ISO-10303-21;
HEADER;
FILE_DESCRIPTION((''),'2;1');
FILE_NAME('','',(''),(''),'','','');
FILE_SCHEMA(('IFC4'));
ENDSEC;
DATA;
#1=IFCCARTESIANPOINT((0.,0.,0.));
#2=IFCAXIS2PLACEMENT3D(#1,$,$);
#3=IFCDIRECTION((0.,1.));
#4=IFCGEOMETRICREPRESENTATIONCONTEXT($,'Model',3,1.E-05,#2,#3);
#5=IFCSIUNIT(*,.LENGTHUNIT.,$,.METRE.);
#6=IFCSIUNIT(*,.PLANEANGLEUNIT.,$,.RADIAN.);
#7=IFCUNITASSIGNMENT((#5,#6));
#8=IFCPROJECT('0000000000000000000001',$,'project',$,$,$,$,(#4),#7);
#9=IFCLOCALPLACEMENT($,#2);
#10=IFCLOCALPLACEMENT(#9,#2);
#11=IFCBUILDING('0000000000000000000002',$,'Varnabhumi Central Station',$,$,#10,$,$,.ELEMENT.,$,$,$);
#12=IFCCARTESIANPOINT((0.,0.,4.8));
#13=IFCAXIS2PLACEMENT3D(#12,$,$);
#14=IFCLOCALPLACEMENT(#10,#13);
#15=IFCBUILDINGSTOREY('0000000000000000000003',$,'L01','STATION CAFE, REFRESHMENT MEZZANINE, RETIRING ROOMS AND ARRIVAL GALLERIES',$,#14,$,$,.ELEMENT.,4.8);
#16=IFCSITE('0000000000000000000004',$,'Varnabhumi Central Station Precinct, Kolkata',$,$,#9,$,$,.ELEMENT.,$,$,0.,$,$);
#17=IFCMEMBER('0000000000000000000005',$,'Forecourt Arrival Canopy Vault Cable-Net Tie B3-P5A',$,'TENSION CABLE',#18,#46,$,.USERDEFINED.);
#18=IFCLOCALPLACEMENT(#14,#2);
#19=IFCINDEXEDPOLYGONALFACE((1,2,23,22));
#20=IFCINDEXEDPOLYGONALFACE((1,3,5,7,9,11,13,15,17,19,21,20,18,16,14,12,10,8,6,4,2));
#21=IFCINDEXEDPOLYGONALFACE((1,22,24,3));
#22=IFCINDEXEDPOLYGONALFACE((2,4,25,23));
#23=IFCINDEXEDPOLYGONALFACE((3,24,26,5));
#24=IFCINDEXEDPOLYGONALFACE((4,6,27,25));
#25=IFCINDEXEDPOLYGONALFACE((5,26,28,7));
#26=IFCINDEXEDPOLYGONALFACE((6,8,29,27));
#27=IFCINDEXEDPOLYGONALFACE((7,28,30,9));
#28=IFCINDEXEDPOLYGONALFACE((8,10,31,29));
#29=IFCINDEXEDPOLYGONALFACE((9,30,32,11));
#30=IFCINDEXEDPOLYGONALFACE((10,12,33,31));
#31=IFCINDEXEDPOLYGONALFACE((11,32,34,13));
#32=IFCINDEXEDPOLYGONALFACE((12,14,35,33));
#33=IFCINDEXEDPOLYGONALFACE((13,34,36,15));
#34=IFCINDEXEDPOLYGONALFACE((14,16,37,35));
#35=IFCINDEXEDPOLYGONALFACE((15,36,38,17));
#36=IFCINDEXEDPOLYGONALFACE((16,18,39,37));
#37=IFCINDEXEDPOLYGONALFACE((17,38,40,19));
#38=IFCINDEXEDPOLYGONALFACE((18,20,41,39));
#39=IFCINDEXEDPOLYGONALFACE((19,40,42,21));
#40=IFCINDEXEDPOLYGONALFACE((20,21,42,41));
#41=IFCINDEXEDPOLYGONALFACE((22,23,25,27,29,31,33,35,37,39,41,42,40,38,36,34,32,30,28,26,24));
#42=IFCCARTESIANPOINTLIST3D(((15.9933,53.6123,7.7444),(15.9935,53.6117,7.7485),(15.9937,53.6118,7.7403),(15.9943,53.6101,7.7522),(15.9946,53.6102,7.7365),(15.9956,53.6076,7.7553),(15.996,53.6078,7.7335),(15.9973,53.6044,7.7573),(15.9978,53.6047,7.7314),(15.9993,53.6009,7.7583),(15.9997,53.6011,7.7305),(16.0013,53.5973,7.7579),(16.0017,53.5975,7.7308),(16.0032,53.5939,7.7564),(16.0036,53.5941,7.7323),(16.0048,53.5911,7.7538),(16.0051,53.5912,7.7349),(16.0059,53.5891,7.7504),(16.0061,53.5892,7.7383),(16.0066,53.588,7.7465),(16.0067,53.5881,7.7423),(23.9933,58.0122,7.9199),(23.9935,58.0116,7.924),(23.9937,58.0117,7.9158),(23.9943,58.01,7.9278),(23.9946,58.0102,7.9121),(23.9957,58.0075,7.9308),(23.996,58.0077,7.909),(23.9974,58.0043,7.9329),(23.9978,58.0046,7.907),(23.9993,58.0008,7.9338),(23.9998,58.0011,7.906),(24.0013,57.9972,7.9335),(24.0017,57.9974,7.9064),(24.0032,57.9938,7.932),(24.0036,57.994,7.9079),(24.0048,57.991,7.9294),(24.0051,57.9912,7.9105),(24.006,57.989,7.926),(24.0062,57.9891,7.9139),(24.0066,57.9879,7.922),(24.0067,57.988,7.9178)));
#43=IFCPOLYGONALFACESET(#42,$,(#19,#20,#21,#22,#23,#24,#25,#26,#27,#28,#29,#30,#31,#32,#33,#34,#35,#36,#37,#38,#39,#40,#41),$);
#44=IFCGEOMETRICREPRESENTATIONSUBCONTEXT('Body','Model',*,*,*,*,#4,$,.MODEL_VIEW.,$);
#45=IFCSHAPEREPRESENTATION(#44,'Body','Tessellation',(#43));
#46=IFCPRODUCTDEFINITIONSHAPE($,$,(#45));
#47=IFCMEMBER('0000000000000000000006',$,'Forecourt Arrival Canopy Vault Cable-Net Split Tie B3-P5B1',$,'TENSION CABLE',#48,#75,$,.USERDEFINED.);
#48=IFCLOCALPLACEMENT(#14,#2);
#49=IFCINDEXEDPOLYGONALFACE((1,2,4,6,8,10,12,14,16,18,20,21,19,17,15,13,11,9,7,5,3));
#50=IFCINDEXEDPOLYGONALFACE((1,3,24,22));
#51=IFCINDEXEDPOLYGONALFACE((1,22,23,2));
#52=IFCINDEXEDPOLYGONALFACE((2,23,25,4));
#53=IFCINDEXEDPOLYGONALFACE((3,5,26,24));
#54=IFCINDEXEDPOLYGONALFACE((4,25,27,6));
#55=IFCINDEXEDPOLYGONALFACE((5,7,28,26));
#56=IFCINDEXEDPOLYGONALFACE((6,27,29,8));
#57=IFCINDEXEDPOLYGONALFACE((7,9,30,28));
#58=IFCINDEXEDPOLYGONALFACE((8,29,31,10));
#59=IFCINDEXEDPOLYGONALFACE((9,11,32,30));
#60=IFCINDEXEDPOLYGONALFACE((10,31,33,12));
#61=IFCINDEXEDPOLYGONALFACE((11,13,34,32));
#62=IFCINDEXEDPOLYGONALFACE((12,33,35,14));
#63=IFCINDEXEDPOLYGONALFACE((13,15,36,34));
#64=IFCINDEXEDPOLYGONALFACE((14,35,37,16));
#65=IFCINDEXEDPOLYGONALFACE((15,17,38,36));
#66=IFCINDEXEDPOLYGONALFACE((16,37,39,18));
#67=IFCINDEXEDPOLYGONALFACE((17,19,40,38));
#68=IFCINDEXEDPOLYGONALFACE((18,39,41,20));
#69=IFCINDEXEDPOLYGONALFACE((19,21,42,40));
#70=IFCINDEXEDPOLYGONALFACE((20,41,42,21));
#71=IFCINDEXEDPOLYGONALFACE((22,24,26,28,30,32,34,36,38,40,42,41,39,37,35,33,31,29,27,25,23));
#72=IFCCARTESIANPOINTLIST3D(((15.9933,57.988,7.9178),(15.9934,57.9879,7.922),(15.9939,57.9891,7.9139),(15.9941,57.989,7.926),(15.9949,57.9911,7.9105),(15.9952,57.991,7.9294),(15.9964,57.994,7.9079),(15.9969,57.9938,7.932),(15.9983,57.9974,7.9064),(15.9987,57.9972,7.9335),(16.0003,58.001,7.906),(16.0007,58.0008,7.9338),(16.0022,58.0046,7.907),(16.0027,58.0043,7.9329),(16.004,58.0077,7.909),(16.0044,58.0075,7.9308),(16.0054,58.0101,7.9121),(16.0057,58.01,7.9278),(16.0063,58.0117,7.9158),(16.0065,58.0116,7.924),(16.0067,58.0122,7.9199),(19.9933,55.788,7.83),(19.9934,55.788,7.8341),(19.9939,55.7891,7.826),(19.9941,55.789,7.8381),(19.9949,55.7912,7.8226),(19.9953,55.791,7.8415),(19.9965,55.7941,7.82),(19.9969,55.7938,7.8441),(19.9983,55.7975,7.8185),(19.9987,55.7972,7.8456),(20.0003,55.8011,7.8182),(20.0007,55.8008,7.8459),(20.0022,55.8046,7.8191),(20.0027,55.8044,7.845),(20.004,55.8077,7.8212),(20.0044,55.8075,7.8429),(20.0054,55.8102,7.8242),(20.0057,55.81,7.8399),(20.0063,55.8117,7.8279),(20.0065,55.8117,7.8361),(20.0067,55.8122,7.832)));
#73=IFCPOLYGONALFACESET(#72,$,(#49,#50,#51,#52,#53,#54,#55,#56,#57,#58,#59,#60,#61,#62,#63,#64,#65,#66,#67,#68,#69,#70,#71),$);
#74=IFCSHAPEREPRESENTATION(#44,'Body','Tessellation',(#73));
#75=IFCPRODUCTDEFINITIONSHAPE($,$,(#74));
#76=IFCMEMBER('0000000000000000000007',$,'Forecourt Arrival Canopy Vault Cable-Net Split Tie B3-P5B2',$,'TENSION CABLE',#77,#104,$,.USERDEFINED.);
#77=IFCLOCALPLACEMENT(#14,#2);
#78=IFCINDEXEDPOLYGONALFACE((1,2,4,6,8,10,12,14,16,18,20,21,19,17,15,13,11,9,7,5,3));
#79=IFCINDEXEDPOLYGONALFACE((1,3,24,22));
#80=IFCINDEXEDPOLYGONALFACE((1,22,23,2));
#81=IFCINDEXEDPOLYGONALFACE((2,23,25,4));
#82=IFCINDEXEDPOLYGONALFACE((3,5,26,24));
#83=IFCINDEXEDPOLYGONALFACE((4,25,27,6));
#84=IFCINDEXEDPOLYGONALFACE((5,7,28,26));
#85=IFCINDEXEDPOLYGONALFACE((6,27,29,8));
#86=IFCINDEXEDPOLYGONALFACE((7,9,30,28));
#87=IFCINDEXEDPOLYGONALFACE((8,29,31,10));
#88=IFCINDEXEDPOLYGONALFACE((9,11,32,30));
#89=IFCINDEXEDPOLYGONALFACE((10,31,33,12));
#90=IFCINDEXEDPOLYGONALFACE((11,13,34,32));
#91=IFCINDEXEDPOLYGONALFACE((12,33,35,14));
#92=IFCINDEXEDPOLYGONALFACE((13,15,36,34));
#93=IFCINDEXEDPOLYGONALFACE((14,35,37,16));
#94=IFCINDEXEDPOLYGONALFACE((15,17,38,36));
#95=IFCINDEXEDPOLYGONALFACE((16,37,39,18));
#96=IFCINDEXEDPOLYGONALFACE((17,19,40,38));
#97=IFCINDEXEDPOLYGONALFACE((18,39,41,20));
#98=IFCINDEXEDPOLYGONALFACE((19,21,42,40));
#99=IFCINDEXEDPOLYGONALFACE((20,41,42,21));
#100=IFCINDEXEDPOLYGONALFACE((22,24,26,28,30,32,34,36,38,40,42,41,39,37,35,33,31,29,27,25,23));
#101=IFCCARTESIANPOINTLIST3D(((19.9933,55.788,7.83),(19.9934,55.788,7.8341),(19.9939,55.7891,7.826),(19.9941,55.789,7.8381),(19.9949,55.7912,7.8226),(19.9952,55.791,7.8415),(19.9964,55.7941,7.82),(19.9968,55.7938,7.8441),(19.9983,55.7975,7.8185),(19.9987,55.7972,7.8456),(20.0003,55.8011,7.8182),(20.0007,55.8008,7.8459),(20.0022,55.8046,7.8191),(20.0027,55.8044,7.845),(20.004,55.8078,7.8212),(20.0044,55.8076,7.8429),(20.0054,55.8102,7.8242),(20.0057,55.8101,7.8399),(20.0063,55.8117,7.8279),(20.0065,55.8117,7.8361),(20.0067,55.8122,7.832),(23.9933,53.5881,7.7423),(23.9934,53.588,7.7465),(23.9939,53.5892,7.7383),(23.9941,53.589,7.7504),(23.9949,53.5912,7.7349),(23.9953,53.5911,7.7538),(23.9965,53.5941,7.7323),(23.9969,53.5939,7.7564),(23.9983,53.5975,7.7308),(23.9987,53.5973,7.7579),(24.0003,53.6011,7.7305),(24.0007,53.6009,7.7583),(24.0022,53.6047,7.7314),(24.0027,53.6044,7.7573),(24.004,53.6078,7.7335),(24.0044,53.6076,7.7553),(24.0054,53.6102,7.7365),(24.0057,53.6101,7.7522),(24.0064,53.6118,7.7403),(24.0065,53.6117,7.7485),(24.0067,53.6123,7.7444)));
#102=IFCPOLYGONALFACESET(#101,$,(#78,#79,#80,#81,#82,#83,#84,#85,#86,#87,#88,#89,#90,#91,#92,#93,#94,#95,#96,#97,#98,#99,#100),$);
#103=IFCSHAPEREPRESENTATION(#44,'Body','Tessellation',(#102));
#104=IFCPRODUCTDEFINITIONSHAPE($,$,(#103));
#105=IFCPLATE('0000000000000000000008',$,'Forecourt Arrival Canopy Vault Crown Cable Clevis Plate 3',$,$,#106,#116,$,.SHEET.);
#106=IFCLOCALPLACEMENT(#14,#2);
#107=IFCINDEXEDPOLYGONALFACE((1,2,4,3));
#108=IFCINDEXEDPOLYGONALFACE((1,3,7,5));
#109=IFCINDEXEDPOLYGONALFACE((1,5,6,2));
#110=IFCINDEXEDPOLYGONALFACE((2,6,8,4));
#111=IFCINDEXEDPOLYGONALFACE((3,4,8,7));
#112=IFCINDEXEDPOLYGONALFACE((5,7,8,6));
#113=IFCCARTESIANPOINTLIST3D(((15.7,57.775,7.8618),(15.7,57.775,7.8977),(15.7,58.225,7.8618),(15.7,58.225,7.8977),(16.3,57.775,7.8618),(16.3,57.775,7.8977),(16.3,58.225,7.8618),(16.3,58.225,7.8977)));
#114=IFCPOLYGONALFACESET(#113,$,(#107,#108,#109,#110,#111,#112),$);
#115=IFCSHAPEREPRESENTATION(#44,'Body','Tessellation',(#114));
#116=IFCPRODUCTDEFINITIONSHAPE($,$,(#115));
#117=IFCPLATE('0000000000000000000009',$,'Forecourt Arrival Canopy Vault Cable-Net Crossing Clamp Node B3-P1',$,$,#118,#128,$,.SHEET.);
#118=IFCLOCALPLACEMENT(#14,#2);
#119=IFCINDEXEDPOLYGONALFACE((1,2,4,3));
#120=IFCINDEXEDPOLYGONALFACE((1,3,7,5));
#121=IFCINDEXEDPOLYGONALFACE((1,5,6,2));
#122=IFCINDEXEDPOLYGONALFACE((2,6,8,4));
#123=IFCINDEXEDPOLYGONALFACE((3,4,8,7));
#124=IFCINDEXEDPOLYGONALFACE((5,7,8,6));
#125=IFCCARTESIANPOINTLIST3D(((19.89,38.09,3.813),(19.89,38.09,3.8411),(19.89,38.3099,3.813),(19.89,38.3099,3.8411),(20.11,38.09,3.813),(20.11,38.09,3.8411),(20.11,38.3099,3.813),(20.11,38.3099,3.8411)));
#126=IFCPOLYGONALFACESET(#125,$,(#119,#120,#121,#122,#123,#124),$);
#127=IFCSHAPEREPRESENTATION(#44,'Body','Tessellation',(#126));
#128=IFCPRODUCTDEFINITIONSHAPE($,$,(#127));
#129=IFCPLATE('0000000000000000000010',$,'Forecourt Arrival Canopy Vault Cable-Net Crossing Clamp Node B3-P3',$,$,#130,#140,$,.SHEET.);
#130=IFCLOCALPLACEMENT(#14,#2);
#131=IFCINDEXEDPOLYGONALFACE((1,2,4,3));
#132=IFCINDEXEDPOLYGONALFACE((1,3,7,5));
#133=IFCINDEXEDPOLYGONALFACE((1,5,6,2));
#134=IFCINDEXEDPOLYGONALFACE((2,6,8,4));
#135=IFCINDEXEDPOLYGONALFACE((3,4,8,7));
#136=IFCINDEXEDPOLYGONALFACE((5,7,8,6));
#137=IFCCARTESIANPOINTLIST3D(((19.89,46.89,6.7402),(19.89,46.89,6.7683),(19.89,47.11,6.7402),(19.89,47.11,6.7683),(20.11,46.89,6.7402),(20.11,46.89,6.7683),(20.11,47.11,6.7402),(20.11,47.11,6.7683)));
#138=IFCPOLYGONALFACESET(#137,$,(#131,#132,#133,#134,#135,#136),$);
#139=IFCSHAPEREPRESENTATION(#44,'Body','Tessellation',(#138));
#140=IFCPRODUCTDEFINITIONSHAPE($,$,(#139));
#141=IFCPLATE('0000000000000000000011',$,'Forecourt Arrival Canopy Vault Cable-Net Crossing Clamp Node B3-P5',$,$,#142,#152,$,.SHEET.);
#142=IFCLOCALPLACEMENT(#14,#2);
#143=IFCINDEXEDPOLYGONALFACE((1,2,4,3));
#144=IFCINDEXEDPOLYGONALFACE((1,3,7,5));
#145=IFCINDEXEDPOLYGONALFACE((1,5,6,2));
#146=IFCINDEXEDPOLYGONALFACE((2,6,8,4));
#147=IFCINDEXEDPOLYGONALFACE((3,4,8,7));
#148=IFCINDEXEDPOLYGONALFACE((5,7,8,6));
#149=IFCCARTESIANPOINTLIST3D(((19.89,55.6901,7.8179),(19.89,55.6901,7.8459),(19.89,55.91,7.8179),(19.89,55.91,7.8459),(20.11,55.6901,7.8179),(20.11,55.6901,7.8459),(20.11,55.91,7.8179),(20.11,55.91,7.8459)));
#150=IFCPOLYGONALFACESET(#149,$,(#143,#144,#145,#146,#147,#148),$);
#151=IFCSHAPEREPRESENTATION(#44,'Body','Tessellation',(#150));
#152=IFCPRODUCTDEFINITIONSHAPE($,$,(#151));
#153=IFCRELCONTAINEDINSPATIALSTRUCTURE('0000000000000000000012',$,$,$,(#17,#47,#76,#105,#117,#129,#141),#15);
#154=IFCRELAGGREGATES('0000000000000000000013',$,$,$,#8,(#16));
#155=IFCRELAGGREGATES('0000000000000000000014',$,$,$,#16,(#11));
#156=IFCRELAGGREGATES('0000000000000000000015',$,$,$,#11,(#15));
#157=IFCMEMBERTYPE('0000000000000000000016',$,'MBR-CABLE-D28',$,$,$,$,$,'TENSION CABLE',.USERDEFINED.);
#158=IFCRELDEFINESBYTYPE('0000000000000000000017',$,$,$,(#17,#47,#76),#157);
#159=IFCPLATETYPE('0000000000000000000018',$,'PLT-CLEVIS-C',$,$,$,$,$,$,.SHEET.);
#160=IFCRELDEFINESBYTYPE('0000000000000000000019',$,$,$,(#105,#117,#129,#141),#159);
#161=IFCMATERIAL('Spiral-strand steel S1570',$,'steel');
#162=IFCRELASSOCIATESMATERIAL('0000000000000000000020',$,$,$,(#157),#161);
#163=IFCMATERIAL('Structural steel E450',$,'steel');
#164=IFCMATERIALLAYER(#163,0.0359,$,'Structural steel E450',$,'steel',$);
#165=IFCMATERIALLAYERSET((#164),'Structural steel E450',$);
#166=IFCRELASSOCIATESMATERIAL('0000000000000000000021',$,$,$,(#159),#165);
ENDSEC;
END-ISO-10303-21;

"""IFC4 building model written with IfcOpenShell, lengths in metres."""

from ifc_helpers import new_model, si_unit, direction, frame, origin, origin_2d, place, context, subcontext, project, spatial, rectangle, circle, extrude, material, layer, layer_set, material_profile, profile_set, type_object, element, save


model = new_model("IFC4")

# Units and contexts
model_context = context("Model", 3, precision=1e-05, world=origin(), true_north=direction((0.0, 1.0)))
body_context = subcontext(model_context, "Body", "Model", "MODEL_VIEW")
ifc_project = project(units=[si_unit("LENGTHUNIT", "METRE"), si_unit("PLANEANGLEUNIT", "RADIAN")], contexts=[model_context])

# Site, building, storey
site_placement = place(None, origin())
site = spatial("IfcSite", under=ifc_project, at=site_placement, Name="Varnabhumi Central Station Precinct, Kolkata", CompositionType="ELEMENT", RefElevation=0.0)
building_placement = place(site_placement, origin())
building = spatial("IfcBuilding", under=site, at=building_placement, Name="Varnabhumi Central Station", CompositionType="ELEMENT")
storey_placement = place(building_placement, frame((0.0, 0.0, 4.8)))
storey = spatial("IfcBuildingStorey", under=building, at=storey_placement, Name="L01", Description="STATION CAFE, REFRESHMENT MEZZANINE, RETIRING ROOMS AND ARRIVAL GALLERIES", CompositionType="ELEMENT", Elevation=4.8)

# Members
ifc_material_1 = material(Name="Spiral-strand steel S1570", Category="steel")
ifc_material_profile_1 = material_profile(ifc_material_1, circle(Radius=0.0139, at=origin_2d()), Name="Spiral-strand steel S1570", Category="steel")
ifc_profile_set_1 = profile_set([ifc_material_profile_1], Name="Spiral-strand steel S1570")
member_type = type_object("IfcMemberType", Name="MBR-CABLE-D28", ElementType="TENSION CABLE", PredefinedType="USERDEFINED", material=ifc_profile_set_1)
member_1_placement = place(storey_placement, frame((16.0, 53.6001, 7.7444), z_axis=(0.876059, 0.481821, 0.019223), x_axis=(-0.481911, 0.87622, 0.0)))
element("IfcMember", 1, at=member_1_placement, inside=storey, type_object=member_type, Name="Forecourt Arrival Canopy Vault Cable-Net Tie B3-P5A", ObjectType="TENSION CABLE", PredefinedType="USERDEFINED", context=body_context, shape_type="SweptSolid", body=[
    extrude(circle(Radius=0.0139, at=origin_2d()), origin(), (0.0, 0.0, 1.0), 9.1318),
])
for number, where, z_axis, x_axis, name in (
    (2, (16.0, 58.0, 7.9199), (0.876058, -0.481821, -0.019249), (0.481911, 0.87622, 0.0), "Forecourt Arrival Canopy Vault Cable-Net Split Tie B3-P5B1"),
    (3, (20.0, 55.8, 7.832), (0.876059, -0.481822, -0.019196), (0.481911, 0.87622, 0.0), "Forecourt Arrival Canopy Vault Cable-Net Split Tie B3-P5B2"),
):
    element("IfcMember", number, at=place(storey_placement, frame(where, z_axis=z_axis, x_axis=x_axis)), inside=storey, type_object=member_type, Name=name, ObjectType="TENSION CABLE", PredefinedType="USERDEFINED", context=body_context, shape_type="SweptSolid", body=[
        extrude(circle(Radius=0.0139, at=origin_2d()), origin(), (0.0, 0.0, 1.0), 4.5659),
    ])

# Plates
ifc_material_2 = material(Name="Structural steel E450", Category="steel")
ifc_layer_1 = layer(ifc_material_2, 0.0359, Name="Structural steel E450", Category="steel")
ifc_layer_set_1 = layer_set([ifc_layer_1], Name="Structural steel E450")
plate_type = type_object("IfcPlateType", Name="PLT-CLEVIS-C", PredefinedType="SHEET", material=ifc_layer_set_1)
plate_placement = place(storey_placement, frame((16.0, 58.0, 7.8618), z_axis=(0.0, 0.0, 1.0), x_axis=(1.0, 0.0, 0.0)))
element("IfcPlate", 4, at=plate_placement, inside=storey, type_object=plate_type, Name="Forecourt Arrival Canopy Vault Crown Cable Clevis Plate 3", PredefinedType="SHEET", context=body_context, shape_type="SweptSolid", body=[
    extrude(rectangle(XDim=0.6001, YDim=0.45, at=origin_2d()), origin(), (0.0, 0.0, 1.0), 0.0359),
])
for number, where, z_axis, x_axis, name in (
    (5, (20.0, 38.2, 3.813), (0.0, 0.0, 1.0), (1.0, 0.0, 0.0), "Forecourt Arrival Canopy Vault Cable-Net Crossing Clamp Node B3-P1"),
    (6, (20.0, 47.0, 6.7402), (0.0, 0.0, 1.0), (1.0, 0.0, 0.0), "Forecourt Arrival Canopy Vault Cable-Net Crossing Clamp Node B3-P3"),
    (7, (20.0, 55.8, 7.8179), (0.0, 0.0, 1.0), (1.0, 0.0, 0.0), "Forecourt Arrival Canopy Vault Cable-Net Crossing Clamp Node B3-P5"),
):
    element("IfcPlate", number, at=place(storey_placement, frame(where, z_axis=z_axis, x_axis=x_axis)), inside=storey, type_object=plate_type, Name=name, PredefinedType="SHEET", context=body_context, shape_type="SweptSolid", body=[
        extrude(rectangle(XDim=0.22, YDim=0.22, at=origin_2d()), origin(), (0.0, 0.0, 1.0), 0.0281),
    ])

save(model, "model.ifc")
